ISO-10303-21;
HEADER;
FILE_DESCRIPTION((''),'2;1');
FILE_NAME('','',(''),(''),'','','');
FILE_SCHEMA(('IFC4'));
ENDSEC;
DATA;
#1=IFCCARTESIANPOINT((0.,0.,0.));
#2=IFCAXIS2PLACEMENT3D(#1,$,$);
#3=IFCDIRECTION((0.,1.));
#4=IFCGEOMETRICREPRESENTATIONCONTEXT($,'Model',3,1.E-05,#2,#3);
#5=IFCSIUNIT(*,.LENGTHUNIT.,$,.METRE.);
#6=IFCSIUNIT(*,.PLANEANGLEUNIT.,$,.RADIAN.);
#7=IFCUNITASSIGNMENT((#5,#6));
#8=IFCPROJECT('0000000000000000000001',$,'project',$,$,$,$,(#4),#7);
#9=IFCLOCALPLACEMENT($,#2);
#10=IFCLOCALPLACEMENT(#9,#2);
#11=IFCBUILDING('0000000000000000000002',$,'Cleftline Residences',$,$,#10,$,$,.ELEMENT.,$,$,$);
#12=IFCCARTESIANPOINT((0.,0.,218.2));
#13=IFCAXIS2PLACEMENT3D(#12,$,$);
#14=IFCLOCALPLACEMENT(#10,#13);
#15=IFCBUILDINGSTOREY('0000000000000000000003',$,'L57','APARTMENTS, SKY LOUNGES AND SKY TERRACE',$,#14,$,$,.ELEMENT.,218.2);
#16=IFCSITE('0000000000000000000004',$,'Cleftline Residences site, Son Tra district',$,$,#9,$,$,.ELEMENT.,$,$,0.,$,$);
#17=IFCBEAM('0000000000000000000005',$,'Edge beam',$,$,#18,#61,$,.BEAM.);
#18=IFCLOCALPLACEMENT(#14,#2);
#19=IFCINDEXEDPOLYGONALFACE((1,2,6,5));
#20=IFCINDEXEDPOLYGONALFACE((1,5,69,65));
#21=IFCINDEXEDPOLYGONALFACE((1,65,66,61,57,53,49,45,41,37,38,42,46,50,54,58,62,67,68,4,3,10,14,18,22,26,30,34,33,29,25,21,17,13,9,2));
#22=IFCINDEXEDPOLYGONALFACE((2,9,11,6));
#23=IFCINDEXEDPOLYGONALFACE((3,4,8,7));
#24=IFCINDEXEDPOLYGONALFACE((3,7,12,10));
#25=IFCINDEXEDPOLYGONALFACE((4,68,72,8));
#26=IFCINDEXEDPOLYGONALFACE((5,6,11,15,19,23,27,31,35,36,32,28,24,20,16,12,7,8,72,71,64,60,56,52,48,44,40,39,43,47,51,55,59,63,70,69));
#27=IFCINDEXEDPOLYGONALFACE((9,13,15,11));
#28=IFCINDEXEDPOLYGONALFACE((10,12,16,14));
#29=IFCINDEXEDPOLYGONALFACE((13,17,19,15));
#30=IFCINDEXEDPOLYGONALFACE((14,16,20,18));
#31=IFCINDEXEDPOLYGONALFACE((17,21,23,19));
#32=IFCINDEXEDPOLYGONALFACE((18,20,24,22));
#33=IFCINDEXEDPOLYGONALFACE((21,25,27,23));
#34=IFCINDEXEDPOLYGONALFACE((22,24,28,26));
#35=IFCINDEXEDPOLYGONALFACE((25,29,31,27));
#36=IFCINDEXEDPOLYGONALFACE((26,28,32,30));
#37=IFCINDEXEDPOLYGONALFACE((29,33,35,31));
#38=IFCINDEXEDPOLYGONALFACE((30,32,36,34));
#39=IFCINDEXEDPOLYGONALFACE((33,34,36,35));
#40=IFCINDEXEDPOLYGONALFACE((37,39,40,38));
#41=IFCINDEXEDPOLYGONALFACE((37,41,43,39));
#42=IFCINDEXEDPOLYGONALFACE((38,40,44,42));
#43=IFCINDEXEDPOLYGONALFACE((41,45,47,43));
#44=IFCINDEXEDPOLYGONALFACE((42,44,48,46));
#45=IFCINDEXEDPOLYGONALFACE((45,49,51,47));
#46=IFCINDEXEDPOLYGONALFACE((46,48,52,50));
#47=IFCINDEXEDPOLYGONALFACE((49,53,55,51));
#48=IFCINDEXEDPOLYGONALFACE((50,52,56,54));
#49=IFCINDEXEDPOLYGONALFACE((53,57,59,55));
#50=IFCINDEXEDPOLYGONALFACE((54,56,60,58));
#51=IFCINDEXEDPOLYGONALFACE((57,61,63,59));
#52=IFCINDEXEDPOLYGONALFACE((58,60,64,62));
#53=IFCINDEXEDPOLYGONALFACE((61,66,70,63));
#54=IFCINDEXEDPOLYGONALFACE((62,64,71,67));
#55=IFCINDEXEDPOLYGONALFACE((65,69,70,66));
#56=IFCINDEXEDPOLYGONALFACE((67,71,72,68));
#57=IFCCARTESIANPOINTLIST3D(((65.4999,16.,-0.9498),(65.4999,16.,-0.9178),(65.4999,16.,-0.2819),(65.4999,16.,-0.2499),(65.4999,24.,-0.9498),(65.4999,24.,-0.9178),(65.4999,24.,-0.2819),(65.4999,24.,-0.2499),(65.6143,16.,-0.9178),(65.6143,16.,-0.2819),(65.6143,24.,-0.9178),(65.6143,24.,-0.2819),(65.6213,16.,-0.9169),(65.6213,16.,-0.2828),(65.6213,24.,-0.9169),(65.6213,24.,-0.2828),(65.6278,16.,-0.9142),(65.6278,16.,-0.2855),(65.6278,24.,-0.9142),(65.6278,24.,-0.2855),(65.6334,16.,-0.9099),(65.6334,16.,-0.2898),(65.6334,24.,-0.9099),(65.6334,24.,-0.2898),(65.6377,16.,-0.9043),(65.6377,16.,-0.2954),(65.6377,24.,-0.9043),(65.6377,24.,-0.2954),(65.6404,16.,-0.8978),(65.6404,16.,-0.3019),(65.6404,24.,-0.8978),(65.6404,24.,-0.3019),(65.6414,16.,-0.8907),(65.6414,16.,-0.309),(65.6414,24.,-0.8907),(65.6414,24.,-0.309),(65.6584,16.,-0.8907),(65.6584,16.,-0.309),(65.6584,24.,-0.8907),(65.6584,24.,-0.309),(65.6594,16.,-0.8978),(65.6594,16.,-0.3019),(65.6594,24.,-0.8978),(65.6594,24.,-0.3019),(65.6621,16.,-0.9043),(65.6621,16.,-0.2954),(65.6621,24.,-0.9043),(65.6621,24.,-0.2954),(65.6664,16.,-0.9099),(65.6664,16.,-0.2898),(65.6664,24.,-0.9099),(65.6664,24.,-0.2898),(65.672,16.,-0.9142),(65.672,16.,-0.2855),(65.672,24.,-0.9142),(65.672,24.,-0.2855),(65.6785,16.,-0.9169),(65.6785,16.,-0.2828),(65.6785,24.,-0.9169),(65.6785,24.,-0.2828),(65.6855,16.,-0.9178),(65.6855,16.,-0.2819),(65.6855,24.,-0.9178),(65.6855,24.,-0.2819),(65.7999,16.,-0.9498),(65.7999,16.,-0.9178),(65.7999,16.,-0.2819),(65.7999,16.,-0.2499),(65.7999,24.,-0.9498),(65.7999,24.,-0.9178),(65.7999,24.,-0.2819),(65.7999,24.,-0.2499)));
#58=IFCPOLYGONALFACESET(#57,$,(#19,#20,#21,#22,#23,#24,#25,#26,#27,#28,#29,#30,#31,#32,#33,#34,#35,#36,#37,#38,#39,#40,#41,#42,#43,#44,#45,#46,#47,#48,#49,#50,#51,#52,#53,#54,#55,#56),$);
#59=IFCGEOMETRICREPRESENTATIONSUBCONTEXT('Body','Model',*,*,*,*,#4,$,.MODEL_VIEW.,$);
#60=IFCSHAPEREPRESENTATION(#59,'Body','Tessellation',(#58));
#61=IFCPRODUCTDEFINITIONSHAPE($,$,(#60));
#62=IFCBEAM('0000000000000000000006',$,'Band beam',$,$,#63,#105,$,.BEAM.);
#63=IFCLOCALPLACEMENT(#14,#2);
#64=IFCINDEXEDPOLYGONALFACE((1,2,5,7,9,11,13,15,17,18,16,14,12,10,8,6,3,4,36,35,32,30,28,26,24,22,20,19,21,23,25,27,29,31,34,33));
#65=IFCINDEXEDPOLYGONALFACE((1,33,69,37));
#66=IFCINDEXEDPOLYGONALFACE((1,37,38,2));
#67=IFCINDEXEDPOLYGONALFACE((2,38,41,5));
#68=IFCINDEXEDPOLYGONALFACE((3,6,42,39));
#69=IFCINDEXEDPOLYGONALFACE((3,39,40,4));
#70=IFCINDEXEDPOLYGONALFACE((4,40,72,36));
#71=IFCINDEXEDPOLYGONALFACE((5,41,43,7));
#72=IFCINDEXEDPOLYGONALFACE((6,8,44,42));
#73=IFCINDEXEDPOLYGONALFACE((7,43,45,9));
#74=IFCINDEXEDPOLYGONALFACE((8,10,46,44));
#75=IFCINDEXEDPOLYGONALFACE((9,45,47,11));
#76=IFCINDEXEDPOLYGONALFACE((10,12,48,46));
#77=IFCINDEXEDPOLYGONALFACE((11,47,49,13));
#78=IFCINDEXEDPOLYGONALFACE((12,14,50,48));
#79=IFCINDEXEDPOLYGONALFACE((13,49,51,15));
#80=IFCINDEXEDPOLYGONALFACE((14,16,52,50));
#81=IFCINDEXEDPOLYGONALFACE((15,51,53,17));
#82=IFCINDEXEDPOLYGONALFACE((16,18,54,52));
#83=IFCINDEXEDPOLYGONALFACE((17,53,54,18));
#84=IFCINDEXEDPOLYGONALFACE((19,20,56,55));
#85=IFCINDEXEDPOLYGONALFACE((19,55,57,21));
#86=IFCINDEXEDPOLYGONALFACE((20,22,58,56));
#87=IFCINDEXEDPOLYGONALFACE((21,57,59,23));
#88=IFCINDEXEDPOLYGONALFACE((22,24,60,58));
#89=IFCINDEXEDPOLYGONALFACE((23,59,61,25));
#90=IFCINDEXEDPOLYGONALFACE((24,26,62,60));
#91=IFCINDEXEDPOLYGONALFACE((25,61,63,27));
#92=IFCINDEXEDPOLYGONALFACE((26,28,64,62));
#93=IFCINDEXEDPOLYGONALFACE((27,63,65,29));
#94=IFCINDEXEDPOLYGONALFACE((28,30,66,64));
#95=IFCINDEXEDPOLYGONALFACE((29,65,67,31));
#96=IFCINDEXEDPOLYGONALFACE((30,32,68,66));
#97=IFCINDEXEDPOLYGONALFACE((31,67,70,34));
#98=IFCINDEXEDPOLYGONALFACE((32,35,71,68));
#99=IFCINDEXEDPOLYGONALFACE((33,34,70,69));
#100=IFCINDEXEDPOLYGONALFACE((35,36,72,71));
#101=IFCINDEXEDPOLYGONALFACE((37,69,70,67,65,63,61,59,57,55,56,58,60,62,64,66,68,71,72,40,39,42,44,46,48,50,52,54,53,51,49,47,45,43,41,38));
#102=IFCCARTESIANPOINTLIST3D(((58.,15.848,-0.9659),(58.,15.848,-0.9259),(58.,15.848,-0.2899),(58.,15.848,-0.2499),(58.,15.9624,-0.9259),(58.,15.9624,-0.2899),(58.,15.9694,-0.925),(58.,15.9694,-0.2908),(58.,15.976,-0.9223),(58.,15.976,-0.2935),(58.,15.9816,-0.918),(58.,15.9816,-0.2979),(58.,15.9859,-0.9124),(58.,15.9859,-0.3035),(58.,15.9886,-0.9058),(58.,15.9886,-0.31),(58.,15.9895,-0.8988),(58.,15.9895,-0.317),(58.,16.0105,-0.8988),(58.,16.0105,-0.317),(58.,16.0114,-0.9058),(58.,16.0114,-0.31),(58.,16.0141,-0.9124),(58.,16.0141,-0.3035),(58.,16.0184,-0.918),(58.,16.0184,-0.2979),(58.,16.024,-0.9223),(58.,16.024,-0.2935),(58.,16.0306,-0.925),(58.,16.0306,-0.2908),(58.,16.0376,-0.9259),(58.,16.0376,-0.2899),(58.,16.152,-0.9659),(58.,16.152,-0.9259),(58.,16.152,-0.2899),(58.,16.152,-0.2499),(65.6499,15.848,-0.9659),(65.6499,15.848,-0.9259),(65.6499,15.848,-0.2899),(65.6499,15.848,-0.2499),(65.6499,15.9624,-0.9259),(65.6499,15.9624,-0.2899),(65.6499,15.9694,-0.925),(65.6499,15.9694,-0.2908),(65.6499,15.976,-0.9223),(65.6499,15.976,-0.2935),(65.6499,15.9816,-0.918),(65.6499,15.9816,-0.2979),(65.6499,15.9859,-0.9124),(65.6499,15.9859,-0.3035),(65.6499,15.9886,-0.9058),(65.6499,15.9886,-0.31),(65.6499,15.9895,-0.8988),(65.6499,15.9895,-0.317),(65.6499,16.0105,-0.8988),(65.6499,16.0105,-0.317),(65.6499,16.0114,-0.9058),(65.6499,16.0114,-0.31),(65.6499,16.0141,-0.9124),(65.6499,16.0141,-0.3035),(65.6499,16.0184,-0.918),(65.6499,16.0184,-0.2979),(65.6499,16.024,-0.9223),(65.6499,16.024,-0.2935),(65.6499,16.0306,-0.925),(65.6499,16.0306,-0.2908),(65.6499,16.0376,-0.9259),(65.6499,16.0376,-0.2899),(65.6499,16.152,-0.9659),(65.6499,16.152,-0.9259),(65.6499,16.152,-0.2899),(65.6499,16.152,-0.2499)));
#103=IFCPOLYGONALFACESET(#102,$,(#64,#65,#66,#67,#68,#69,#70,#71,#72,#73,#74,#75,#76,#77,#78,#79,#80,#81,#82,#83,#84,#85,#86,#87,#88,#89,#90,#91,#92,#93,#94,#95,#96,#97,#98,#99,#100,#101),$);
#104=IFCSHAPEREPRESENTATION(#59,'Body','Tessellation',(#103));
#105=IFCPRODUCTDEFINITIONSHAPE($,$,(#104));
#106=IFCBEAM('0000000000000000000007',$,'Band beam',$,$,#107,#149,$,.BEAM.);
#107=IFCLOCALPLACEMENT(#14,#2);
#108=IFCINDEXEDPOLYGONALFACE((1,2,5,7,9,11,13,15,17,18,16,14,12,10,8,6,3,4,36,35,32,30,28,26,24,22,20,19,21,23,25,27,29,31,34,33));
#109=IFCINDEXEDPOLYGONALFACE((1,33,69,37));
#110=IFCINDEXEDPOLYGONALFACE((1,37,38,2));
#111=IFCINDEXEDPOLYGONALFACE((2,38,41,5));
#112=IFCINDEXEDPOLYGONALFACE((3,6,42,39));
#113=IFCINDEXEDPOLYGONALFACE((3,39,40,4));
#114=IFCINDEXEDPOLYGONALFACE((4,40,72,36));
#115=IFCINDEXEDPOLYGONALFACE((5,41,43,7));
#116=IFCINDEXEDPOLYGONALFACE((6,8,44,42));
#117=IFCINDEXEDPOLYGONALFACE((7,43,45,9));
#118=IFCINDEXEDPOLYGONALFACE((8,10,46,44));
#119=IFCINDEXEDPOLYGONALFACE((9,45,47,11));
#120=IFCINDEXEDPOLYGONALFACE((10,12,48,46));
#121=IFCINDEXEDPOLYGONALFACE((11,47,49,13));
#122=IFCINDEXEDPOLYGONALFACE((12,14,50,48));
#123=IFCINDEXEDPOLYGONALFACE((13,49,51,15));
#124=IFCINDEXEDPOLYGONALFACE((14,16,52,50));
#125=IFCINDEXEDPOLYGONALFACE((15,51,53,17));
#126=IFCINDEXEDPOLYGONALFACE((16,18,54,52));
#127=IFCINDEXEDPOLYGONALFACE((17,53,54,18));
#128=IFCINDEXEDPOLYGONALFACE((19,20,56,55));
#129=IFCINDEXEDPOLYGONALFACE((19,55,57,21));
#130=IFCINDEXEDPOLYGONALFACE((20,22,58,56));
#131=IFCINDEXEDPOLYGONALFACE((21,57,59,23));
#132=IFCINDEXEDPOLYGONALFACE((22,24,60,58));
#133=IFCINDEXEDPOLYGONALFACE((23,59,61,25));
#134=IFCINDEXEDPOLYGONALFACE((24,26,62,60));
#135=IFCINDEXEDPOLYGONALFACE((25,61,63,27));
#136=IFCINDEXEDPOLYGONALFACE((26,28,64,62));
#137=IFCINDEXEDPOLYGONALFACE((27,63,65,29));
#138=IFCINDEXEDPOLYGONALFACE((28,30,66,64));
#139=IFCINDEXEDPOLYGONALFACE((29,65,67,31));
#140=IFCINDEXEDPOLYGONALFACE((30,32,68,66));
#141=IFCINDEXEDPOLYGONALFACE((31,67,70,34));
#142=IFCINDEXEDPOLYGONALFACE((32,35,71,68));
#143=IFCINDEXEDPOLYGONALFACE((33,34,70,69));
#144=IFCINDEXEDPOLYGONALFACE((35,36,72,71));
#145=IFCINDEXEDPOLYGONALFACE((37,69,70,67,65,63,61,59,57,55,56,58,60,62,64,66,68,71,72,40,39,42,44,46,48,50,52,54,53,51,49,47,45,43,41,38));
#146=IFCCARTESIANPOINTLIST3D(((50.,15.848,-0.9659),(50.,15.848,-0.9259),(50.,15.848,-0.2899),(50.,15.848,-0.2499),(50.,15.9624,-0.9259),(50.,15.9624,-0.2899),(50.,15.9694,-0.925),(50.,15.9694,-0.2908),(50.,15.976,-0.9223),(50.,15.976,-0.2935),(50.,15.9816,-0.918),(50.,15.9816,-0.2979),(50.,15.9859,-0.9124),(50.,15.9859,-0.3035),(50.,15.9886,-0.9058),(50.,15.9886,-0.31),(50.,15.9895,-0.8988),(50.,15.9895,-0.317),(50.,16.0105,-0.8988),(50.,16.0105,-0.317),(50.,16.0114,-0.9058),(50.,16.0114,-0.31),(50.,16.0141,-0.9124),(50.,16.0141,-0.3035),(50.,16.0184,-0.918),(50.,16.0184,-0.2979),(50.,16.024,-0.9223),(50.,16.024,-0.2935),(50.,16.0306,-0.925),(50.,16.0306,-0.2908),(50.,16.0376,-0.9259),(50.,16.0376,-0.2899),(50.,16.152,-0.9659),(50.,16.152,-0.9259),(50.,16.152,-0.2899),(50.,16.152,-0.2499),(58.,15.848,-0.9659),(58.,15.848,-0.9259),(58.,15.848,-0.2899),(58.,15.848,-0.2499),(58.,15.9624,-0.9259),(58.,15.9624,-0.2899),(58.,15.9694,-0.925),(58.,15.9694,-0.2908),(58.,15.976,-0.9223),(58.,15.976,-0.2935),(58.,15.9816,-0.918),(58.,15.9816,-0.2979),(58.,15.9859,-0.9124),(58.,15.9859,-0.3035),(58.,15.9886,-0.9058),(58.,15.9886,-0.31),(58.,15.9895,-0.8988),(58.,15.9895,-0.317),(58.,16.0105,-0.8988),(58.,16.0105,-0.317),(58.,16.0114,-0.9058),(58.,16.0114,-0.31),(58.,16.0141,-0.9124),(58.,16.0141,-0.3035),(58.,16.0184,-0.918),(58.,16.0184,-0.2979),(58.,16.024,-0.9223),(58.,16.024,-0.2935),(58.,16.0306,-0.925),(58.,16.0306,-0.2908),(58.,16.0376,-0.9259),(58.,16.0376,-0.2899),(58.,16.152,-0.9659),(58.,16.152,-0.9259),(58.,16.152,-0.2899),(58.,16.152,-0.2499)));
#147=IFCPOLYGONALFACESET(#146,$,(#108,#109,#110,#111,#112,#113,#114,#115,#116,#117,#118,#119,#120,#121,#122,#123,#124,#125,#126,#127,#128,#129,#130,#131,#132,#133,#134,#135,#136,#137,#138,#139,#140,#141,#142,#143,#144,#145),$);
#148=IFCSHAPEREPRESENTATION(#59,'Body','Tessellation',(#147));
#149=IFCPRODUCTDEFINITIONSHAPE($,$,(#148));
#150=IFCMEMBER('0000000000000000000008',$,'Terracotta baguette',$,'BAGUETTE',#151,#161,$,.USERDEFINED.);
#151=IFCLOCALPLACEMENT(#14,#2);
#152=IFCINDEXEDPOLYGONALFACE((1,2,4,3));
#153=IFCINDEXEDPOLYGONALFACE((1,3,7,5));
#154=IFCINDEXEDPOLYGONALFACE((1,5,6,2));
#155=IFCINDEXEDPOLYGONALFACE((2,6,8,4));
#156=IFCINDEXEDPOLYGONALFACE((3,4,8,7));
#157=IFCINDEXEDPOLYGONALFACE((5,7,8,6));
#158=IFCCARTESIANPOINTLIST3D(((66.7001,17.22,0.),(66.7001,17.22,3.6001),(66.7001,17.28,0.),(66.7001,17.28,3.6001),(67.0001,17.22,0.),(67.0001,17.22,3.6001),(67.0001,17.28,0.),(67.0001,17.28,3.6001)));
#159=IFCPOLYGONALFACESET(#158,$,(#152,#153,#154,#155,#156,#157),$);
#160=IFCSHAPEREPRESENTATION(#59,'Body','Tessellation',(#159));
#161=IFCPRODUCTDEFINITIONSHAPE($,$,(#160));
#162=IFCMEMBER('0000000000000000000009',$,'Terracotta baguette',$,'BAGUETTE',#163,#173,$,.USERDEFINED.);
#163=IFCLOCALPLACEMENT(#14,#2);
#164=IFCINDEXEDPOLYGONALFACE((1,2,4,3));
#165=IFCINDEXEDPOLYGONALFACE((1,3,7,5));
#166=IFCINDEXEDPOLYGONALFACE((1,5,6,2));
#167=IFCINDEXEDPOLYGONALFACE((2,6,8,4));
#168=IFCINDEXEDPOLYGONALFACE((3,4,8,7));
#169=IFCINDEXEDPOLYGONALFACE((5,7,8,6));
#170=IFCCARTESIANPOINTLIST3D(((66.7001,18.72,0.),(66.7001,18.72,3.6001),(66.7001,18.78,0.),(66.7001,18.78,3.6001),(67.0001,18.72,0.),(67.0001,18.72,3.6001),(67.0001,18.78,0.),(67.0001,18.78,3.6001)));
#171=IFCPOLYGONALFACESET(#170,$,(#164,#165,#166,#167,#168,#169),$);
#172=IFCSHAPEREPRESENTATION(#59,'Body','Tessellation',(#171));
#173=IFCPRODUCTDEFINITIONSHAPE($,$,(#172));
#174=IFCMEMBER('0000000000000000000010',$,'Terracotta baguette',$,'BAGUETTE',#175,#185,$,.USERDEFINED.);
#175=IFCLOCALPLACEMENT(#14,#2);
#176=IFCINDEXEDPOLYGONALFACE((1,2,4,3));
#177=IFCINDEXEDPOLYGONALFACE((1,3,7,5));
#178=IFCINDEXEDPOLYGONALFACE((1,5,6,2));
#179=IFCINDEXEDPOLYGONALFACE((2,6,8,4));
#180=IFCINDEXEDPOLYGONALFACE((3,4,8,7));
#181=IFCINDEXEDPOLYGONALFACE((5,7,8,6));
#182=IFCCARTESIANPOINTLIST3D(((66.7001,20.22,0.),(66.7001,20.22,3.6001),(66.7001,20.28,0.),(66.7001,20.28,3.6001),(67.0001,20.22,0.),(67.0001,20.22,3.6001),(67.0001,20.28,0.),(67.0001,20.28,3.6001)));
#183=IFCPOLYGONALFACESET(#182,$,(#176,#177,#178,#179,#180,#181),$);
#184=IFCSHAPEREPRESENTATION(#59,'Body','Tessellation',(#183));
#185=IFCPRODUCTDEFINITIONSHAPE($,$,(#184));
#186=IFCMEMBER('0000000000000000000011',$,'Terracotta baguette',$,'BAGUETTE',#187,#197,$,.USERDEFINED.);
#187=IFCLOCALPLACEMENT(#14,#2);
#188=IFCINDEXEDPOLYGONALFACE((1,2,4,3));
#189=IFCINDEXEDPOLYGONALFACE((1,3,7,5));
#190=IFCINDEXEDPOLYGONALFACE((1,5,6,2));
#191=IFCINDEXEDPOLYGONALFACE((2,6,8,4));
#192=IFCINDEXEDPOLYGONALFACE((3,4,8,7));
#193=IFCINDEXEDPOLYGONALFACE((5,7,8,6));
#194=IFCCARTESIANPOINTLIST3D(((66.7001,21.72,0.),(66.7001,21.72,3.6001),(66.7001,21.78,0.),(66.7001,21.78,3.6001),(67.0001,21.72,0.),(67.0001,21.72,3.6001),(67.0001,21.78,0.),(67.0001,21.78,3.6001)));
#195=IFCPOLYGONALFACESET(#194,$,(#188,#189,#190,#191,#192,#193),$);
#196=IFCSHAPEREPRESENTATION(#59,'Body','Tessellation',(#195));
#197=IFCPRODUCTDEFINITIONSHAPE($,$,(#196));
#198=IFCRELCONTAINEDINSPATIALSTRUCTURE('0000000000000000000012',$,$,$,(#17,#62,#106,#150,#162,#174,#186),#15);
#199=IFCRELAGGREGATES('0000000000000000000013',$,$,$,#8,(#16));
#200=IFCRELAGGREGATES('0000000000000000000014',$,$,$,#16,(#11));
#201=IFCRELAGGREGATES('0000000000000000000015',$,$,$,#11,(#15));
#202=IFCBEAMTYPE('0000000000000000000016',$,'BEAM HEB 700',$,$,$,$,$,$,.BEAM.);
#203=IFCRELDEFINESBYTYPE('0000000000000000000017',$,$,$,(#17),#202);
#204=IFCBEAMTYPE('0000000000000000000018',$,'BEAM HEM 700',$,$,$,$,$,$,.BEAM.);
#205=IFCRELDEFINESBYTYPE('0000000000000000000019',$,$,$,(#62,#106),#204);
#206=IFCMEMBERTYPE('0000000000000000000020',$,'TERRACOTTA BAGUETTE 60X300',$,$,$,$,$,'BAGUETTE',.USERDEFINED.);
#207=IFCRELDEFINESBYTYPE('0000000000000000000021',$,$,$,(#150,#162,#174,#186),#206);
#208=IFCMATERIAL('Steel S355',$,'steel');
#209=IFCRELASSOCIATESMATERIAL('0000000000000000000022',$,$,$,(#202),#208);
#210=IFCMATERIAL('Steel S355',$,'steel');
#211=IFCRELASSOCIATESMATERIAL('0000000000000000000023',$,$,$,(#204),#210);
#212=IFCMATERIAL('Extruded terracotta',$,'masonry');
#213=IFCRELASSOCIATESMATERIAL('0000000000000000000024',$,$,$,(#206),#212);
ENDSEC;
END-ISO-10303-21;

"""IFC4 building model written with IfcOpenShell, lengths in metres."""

from ifc_helpers import new_model, si_unit, direction, frame, origin, origin_2d, place, context, subcontext, project, spatial, rectangle, i_section, extrude, material, material_profile, profile_set, type_object, element, save


model = new_model("IFC4")

# Units and contexts
model_context = context("Model", 3, precision=1e-05, world=origin(), true_north=direction((0.0, 1.0)))
body_context = subcontext(model_context, "Body", "Model", "MODEL_VIEW")
ifc_project = project(units=[si_unit("LENGTHUNIT", "METRE"), si_unit("PLANEANGLEUNIT", "RADIAN")], contexts=[model_context])

# Site, building, storey
site_placement = place(None, origin())
site = spatial("IfcSite", under=ifc_project, at=site_placement, Name="Cleftline Residences site, Son Tra district", CompositionType="ELEMENT", RefElevation=0.0)
building_placement = place(site_placement, origin())
building = spatial("IfcBuilding", under=site, at=building_placement, Name="Cleftline Residences", CompositionType="ELEMENT")
storey_placement = place(building_placement, frame((0.0, 0.0, 218.2)))
storey = spatial("IfcBuildingStorey", under=building, at=storey_placement, Name="L57", Description="APARTMENTS, SKY LOUNGES AND SKY TERRACE", CompositionType="ELEMENT", Elevation=218.2)

# Beams
ifc_material_1 = material(Name="Steel S355", Category="steel")
ifc_material_profile_1 = material_profile(ifc_material_1, i_section(OverallWidth=0.3, OverallDepth=0.7, WebThickness=0.0171, FlangeThickness=0.032, FilletRadius=0.0271, at=origin_2d()))
ifc_profile_set_1 = profile_set([ifc_material_profile_1], Name="Steel S355")
beam_type_1 = type_object("IfcBeamType", Name="BEAM HEB 700", PredefinedType="BEAM", material=ifc_profile_set_1)
beam_1_placement = place(storey_placement, frame((65.6499, 16.0, -0.5999), z_axis=(0.0, 1.0, 0.0), x_axis=(-1.0, 0.0, 0.0)))
element("IfcBeam", 1, at=beam_1_placement, inside=storey, type_object=beam_type_1, Name="Edge beam", PredefinedType="BEAM", context=body_context, shape_type="SweptSolid", body=[
    extrude(i_section(OverallWidth=0.3, OverallDepth=0.7, WebThickness=0.0171, FlangeThickness=0.032, FilletRadius=0.0271, at=origin_2d()), origin(), (0.0, 0.0, 1.0), 8.0),
])
ifc_material_2 = material(Name="Steel S355", Category="steel")
ifc_material_profile_2 = material_profile(ifc_material_2, i_section(OverallWidth=0.304, OverallDepth=0.7161, WebThickness=0.021, FlangeThickness=0.04, FilletRadius=0.0271, at=origin_2d()))
ifc_profile_set_2 = profile_set([ifc_material_profile_2], Name="Steel S355")
beam_type_2 = type_object("IfcBeamType", Name="BEAM HEM 700", PredefinedType="BEAM", material=ifc_profile_set_2)
beam_2_placement = place(storey_placement, frame((65.6499, 16.0, -0.6079), z_axis=(-1.0, 0.0, 0.0), x_axis=(0.0, -1.0, 0.0)))
element("IfcBeam", 2, at=beam_2_placement, inside=storey, type_object=beam_type_2, Name="Band beam", PredefinedType="BEAM", context=body_context, shape_type="SweptSolid", body=[
    extrude(i_section(OverallWidth=0.304, OverallDepth=0.7161, WebThickness=0.021, FlangeThickness=0.04, FilletRadius=0.0271, at=origin_2d()), origin(), (0.0, 0.0, 1.0), 7.6499),
])
beam_3_placement = place(storey_placement, frame((58.0, 16.0, -0.6079), z_axis=(-1.0, 0.0, 0.0), x_axis=(0.0, -1.0, 0.0)))
element("IfcBeam", 3, at=beam_3_placement, inside=storey, type_object=beam_type_2, Name="Band beam", PredefinedType="BEAM", context=body_context, shape_type="SweptSolid", body=[
    extrude(i_section(OverallWidth=0.304, OverallDepth=0.7161, WebThickness=0.021, FlangeThickness=0.04, FilletRadius=0.0271, at=origin_2d()), origin(), (0.0, 0.0, 1.0), 8.0),
])

# Members
ifc_material_3 = material(Name="Extruded terracotta", Category="masonry")
ifc_material_profile_3 = material_profile(ifc_material_3, rectangle(XDim=0.0601, YDim=0.3, at=origin_2d()))
ifc_profile_set_3 = profile_set([ifc_material_profile_3], Name="Extruded terracotta")
member_type_1 = type_object("IfcMemberType", Name="TERRACOTTA BAGUETTE 60X300", ElementType="BAGUETTE", PredefinedType="USERDEFINED", material=ifc_profile_set_3)
for number, where, z_axis, x_axis, name in (
    (4, (66.8501, 17.25, 0.0), (0.0, 0.0, 1.0), (0.0, 1.0, 0.0), "Terracotta baguette"),
    (5, (66.8501, 18.75, 0.0), (0.0, 0.0, 1.0), (0.0, 1.0, 0.0), "Terracotta baguette"),
    (6, (66.8501, 20.25, 0.0), (0.0, 0.0, 1.0), (0.0, 1.0, 0.0), "Terracotta baguette"),
    (7, (66.8501, 21.75, 0.0), (0.0, 0.0, 1.0), (0.0, 1.0, 0.0), "Terracotta baguette"),
):
    element("IfcMember", number, at=place(storey_placement, frame(where, z_axis=z_axis, x_axis=x_axis)), inside=storey, type_object=member_type_1, Name=name, ObjectType="BAGUETTE", PredefinedType="USERDEFINED", context=body_context, shape_type="SweptSolid", body=[
        extrude(rectangle(XDim=0.0601, YDim=0.3, at=origin_2d()), origin(), (0.0, 0.0, 1.0), 3.6001),
    ])

save(model, "model.ifc")
